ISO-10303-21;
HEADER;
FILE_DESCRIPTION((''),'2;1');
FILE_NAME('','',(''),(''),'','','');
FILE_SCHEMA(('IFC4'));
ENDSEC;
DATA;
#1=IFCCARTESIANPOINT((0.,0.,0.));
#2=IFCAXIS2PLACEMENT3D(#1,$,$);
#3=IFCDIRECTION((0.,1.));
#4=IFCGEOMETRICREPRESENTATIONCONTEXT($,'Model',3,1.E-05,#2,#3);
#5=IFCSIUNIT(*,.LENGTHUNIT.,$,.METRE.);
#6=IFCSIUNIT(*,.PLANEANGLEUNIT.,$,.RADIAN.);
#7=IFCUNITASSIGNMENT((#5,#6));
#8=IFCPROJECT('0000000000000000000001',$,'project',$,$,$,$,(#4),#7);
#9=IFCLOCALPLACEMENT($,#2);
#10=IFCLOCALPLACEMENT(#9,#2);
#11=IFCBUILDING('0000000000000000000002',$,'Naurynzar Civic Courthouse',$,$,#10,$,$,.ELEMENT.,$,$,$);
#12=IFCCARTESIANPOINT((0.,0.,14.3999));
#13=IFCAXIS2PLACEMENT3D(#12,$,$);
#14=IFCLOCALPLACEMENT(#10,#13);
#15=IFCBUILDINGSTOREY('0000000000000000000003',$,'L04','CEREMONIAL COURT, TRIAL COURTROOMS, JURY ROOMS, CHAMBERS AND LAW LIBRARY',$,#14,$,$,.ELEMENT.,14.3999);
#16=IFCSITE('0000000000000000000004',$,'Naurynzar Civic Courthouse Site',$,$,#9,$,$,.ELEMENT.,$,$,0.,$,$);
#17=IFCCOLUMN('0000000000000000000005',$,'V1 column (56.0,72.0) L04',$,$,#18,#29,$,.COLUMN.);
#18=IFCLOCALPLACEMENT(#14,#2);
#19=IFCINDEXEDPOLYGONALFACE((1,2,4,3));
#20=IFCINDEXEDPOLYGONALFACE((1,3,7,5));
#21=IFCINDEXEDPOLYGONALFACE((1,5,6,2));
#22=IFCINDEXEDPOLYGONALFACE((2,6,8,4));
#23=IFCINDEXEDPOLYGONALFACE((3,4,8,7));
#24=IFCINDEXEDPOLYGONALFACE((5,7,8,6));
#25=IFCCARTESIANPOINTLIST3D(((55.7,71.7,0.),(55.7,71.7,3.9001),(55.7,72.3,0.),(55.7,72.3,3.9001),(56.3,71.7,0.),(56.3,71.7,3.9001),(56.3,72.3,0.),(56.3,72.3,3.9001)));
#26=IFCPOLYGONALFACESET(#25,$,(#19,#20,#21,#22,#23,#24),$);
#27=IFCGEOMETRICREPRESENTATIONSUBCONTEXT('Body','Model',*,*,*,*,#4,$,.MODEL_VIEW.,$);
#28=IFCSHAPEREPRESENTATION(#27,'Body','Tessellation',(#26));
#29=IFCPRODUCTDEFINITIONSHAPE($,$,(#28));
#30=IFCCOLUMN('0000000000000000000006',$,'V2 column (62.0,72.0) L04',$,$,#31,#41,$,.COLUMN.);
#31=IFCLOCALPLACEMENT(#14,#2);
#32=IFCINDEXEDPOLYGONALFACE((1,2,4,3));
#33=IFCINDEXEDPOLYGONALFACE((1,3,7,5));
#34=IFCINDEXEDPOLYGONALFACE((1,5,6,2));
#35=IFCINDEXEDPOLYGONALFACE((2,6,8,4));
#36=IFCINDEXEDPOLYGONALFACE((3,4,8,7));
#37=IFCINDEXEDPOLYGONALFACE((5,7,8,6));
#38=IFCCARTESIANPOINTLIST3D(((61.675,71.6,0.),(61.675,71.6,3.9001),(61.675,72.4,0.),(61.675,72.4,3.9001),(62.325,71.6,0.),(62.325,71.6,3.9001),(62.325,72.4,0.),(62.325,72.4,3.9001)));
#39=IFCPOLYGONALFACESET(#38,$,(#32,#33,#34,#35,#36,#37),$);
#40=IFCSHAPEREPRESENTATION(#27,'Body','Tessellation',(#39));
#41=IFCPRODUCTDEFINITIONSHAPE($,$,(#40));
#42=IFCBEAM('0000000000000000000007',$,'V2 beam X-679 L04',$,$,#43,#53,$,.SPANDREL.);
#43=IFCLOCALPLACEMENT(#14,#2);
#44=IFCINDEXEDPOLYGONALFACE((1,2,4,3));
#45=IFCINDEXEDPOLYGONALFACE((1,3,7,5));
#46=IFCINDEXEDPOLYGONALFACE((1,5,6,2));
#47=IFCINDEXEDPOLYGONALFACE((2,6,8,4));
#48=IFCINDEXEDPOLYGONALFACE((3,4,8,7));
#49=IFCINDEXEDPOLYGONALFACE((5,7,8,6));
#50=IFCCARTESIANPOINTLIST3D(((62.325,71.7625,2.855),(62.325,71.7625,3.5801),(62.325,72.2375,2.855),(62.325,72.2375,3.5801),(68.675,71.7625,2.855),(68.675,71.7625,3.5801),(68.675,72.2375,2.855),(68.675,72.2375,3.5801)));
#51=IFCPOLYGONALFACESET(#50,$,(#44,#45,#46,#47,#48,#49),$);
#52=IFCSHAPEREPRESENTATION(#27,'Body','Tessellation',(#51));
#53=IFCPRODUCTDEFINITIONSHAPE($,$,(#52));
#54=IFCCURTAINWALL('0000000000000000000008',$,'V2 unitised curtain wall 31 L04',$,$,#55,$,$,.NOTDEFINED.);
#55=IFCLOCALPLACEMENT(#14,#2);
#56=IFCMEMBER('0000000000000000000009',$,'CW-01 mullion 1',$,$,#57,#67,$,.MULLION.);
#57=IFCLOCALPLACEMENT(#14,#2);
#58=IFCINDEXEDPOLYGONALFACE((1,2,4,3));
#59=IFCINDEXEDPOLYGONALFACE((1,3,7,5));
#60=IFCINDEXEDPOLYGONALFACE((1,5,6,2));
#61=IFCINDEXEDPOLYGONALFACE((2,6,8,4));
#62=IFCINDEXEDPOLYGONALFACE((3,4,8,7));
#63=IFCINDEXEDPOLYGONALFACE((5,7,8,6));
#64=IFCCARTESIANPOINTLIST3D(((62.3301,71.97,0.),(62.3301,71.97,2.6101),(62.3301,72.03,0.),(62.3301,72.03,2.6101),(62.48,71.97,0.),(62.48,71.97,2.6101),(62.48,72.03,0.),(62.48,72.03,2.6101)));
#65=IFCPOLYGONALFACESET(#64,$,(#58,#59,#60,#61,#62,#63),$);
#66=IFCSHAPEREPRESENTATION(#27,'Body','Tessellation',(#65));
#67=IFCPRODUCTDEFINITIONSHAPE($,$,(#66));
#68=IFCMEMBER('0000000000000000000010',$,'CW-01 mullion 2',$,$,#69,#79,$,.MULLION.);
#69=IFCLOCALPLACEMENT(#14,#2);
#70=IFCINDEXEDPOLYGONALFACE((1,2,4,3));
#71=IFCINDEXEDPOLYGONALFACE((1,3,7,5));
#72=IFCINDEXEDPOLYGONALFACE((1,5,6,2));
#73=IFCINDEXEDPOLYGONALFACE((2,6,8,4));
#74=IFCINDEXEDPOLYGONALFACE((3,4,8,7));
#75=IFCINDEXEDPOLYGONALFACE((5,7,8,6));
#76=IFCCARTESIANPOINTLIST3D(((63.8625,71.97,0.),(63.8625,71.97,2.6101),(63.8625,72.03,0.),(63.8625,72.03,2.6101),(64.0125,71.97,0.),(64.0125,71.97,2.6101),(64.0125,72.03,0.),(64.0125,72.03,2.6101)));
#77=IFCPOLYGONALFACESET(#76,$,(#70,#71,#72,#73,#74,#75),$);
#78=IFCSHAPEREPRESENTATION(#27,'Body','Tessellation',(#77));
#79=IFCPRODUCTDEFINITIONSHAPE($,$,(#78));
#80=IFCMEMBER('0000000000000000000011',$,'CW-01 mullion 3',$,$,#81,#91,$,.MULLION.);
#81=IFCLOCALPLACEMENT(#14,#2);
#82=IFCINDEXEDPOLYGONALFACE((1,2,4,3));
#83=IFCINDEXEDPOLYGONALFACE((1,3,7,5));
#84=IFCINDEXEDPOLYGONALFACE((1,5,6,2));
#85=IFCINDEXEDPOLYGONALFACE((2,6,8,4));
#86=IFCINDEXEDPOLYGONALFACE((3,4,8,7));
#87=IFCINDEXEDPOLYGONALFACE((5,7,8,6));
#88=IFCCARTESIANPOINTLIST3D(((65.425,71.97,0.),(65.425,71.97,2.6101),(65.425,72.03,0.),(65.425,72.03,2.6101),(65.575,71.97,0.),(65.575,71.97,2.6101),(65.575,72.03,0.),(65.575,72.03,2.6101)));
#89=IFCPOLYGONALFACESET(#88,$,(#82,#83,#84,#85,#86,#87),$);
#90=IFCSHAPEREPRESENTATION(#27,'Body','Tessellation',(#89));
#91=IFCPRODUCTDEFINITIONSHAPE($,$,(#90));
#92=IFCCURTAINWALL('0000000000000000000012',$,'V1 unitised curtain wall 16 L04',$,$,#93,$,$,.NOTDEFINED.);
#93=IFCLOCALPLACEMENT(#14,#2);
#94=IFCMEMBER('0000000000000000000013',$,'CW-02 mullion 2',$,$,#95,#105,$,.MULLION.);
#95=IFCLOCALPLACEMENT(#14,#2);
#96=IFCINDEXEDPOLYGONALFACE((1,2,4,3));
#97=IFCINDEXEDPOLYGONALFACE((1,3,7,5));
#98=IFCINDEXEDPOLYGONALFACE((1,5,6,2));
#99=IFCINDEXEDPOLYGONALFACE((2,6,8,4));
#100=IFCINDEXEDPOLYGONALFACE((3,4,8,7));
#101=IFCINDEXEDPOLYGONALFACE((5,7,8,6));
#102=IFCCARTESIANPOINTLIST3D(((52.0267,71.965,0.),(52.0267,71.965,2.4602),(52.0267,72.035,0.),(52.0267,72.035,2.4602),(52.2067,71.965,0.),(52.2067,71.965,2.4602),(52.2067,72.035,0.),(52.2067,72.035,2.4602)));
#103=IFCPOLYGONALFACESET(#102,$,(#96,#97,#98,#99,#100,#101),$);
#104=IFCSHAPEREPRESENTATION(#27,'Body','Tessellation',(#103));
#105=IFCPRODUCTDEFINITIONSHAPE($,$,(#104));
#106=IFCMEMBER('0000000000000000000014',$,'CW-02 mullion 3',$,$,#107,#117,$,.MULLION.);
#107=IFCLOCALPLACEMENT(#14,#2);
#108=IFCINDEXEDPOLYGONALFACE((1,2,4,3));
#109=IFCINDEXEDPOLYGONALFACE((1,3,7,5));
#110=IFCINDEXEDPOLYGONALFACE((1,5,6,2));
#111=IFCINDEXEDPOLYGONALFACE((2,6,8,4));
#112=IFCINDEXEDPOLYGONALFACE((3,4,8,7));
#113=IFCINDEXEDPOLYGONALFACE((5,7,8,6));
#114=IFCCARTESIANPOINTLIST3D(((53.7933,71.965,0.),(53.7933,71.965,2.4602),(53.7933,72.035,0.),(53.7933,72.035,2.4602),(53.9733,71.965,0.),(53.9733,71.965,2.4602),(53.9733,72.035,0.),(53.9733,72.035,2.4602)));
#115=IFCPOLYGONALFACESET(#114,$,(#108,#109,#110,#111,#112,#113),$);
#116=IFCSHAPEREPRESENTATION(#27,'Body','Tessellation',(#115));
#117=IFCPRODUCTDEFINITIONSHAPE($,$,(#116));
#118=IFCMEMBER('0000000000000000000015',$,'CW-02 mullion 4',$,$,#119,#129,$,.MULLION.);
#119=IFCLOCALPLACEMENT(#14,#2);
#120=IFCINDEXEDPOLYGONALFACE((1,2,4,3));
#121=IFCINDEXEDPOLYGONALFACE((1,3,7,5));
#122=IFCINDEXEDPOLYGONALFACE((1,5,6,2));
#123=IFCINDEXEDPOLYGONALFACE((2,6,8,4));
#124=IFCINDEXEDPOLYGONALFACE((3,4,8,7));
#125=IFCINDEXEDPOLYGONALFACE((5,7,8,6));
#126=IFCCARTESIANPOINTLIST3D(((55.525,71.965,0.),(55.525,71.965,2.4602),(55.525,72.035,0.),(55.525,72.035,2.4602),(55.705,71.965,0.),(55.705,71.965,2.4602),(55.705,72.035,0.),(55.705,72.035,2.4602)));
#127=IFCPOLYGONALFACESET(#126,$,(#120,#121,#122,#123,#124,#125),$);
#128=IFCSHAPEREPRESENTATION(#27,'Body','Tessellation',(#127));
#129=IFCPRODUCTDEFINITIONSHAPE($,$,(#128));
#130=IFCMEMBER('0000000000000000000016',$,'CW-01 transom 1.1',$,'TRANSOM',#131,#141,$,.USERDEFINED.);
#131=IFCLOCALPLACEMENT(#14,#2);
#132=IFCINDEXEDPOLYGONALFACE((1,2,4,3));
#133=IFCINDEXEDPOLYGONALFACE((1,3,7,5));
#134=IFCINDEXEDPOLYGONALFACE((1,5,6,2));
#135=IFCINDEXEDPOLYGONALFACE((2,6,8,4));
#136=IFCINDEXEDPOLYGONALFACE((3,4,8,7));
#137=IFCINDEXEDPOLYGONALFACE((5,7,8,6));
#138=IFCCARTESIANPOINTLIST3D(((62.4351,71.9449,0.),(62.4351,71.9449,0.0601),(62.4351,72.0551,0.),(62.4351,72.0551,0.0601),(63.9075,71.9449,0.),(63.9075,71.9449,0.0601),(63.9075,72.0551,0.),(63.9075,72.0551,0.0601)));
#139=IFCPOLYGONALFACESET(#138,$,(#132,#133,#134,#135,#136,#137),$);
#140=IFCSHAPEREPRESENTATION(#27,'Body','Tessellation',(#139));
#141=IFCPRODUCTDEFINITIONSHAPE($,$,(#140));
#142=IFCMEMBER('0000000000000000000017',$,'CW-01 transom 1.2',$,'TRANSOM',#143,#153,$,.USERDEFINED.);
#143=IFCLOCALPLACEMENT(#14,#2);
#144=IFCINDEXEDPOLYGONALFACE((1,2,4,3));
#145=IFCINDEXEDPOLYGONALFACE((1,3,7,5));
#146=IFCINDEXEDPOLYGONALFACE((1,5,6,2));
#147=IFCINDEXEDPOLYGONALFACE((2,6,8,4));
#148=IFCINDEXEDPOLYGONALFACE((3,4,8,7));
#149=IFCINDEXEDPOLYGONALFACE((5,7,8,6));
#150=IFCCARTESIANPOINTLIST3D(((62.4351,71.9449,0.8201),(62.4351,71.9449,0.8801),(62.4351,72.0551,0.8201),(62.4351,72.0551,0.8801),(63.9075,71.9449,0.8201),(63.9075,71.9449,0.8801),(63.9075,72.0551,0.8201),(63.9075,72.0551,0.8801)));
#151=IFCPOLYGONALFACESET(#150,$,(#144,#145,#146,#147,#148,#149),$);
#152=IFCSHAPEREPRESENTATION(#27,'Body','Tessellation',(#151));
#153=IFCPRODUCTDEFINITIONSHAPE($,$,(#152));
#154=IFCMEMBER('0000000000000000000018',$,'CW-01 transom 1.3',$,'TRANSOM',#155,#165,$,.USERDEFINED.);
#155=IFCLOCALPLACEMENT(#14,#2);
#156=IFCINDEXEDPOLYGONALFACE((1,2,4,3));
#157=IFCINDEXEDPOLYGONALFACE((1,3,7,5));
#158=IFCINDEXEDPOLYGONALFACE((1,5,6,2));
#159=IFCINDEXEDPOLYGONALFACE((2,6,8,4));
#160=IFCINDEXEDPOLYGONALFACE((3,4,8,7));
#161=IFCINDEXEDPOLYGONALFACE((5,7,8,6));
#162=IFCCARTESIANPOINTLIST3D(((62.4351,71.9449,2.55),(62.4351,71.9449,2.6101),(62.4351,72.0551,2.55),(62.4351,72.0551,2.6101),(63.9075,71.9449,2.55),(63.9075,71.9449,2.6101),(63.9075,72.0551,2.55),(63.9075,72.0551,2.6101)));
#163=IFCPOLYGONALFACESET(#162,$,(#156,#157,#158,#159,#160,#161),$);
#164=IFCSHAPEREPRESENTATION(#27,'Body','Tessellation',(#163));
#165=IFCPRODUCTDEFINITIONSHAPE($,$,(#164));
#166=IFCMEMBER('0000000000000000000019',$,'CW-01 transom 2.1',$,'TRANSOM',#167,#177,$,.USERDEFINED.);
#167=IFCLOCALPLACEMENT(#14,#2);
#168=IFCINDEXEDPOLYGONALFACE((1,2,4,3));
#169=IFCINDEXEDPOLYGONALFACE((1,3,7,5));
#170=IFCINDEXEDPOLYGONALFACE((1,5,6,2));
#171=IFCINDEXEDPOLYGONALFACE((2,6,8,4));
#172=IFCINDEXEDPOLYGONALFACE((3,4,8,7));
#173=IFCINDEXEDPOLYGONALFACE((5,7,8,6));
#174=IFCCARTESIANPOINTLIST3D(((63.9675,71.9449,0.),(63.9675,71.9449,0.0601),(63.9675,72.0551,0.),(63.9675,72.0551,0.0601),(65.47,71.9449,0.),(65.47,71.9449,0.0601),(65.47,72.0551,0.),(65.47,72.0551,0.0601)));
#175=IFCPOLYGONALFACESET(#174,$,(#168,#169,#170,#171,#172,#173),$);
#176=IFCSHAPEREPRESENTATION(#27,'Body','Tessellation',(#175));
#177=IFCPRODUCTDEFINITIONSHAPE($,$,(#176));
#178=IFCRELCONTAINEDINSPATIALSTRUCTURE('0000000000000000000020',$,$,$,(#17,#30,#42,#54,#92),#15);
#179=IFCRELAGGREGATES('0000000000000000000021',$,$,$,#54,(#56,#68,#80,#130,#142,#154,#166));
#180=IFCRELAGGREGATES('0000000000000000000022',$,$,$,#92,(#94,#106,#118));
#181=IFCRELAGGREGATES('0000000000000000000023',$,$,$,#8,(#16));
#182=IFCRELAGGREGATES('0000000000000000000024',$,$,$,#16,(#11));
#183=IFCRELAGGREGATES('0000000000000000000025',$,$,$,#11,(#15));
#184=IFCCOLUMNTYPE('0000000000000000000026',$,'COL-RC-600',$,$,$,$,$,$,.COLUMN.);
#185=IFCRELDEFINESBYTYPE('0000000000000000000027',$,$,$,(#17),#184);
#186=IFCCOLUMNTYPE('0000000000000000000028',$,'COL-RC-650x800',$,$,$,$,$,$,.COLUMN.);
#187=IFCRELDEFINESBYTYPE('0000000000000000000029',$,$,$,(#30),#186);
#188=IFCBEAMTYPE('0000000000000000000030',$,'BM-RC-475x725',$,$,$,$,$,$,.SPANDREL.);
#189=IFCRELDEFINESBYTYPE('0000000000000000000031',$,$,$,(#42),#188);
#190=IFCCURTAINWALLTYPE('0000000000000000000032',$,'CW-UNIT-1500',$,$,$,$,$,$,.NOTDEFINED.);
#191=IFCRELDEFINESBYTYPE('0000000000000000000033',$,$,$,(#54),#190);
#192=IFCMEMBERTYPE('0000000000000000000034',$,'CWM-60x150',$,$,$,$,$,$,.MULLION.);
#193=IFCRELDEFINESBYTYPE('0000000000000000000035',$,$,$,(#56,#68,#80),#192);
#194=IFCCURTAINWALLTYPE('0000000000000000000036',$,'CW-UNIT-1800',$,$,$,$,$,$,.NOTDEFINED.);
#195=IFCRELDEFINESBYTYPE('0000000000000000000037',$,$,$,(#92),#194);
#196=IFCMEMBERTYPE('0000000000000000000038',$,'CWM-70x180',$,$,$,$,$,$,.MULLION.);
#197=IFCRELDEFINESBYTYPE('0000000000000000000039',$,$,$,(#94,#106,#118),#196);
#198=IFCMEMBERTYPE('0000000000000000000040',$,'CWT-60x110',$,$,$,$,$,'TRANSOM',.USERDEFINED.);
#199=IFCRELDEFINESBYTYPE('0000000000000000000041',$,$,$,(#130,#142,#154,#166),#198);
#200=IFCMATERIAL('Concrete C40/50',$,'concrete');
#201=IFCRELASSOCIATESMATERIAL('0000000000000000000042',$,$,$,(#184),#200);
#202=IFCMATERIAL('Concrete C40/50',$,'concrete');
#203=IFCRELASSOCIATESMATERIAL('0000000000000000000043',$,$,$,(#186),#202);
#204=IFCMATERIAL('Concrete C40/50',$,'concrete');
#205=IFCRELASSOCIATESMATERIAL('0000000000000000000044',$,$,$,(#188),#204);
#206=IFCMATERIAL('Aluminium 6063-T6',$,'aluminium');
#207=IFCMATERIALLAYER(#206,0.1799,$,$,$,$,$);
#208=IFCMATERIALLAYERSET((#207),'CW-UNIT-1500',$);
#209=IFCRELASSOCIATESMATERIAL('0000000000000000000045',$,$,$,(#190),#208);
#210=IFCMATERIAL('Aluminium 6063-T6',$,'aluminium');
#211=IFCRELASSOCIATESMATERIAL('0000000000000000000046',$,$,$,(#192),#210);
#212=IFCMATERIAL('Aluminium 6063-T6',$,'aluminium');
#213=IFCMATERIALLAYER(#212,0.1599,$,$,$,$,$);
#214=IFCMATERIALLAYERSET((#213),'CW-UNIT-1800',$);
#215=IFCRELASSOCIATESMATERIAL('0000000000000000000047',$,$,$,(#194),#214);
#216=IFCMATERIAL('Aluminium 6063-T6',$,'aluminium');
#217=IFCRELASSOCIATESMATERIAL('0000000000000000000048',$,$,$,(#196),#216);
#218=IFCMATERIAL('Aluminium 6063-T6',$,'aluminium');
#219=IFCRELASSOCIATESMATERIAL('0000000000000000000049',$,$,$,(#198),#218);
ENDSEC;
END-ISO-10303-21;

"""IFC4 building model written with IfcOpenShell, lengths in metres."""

from ifc_helpers import new_model, si_unit, direction, frame, origin, origin_2d, place, context, subcontext, project, spatial, rectangle, extrude, material, layer, layer_set, material_profile, profile_set, type_object, element, aggregate, save


model = new_model("IFC4")

# Units and contexts
model_context = context("Model", 3, precision=1e-05, world=origin(), true_north=direction((0.0, 1.0)))
body_context = subcontext(model_context, "Body", "Model", "MODEL_VIEW")
ifc_project = project(units=[si_unit("LENGTHUNIT", "METRE"), si_unit("PLANEANGLEUNIT", "RADIAN")], contexts=[model_context])

# Site, building, storey
site_placement = place(None, origin())
site = spatial("IfcSite", under=ifc_project, at=site_placement, Name="Naurynzar Civic Courthouse Site", CompositionType="ELEMENT", RefElevation=0.0)
building_placement = place(site_placement, origin())
building = spatial("IfcBuilding", under=site, at=building_placement, Name="Naurynzar Civic Courthouse", CompositionType="ELEMENT")
storey_placement = place(building_placement, frame((0.0, 0.0, 14.3999)))
storey = spatial("IfcBuildingStorey", under=building, at=storey_placement, Name="L04", Description="CEREMONIAL COURT, TRIAL COURTROOMS, JURY ROOMS, CHAMBERS AND LAW LIBRARY", CompositionType="ELEMENT", Elevation=14.3999)

# Columns
ifc_material_1 = material(Name="Concrete C40/50", Category="concrete")
ifc_material_profile_1 = material_profile(ifc_material_1, rectangle(XDim=0.6001, YDim=0.6001, at=origin_2d()), Name="RC 600x600")
ifc_profile_set_1 = profile_set([ifc_material_profile_1], Name="Concrete C40/50")
column_type_1 = type_object("IfcColumnType", Name="COL-RC-600", PredefinedType="COLUMN", material=ifc_profile_set_1)
column_1_placement = place(storey_placement, frame((56.0, 72.0, 0.0), z_axis=(0.0, 0.0, 1.0), x_axis=(1.0, 0.0, 0.0)))
element("IfcColumn", 1, at=column_1_placement, inside=storey, type_object=column_type_1, Name="V1 column (56.0,72.0) L04", PredefinedType="COLUMN", context=body_context, shape_type="SweptSolid", body=[
    extrude(rectangle(XDim=0.6001, YDim=0.6001, at=origin_2d()), origin(), (0.0, 0.0, 1.0), 3.9001),
])
ifc_material_2 = material(Name="Concrete C40/50", Category="concrete")
ifc_material_profile_2 = material_profile(ifc_material_2, rectangle(XDim=0.6499, YDim=0.8, at=origin_2d()), Name="RC 650x800")
ifc_profile_set_2 = profile_set([ifc_material_profile_2], Name="Concrete C40/50")
column_type_2 = type_object("IfcColumnType", Name="COL-RC-650x800", PredefinedType="COLUMN", material=ifc_profile_set_2)
column_2_placement = place(storey_placement, frame((62.0, 72.0, 0.0), z_axis=(0.0, 0.0, 1.0), x_axis=(1.0, 0.0, 0.0)))
element("IfcColumn", 2, at=column_2_placement, inside=storey, type_object=column_type_2, Name="V2 column (62.0,72.0) L04", PredefinedType="COLUMN", context=body_context, shape_type="SweptSolid", body=[
    extrude(rectangle(XDim=0.6499, YDim=0.8, at=origin_2d()), origin(), (0.0, 0.0, 1.0), 3.9001),
])

# Beam
ifc_material_3 = material(Name="Concrete C40/50", Category="concrete")
ifc_material_profile_3 = material_profile(ifc_material_3, rectangle(XDim=0.4751, YDim=0.7251, at=origin_2d()), Name="RCB 475x725")
ifc_profile_set_3 = profile_set([ifc_material_profile_3], Name="Concrete C40/50")
beam_type = type_object("IfcBeamType", Name="BM-RC-475x725", PredefinedType="SPANDREL", material=ifc_profile_set_3)
beam_placement = place(storey_placement, frame((62.325, 72.0, 3.2175), z_axis=(1.0, 0.0, 0.0), x_axis=(0.0, 1.0, 0.0)))
element("IfcBeam", 3, at=beam_placement, inside=storey, type_object=beam_type, Name="V2 beam X-679 L04", PredefinedType="SPANDREL", context=body_context, shape_type="SweptSolid", body=[
    extrude(rectangle(XDim=0.4751, YDim=0.7251, at=origin_2d()), origin(), (0.0, 0.0, 1.0), 6.3501),
])

# Curtain walls, members
ifc_material_4 = material(Name="Aluminium 6063-T6", Category="aluminium")
ifc_layer_1 = layer(ifc_material_4, 0.1799)
ifc_layer_set_1 = layer_set([ifc_layer_1], Name="CW-UNIT-1500")
curtain_wall_type_1 = type_object("IfcCurtainWallType", Name="CW-UNIT-1500", PredefinedType="NOTDEFINED", material=ifc_layer_set_1)
curtain_wall_1_placement = place(storey_placement, origin())
curtain_wall_1 = element("IfcCurtainWall", 4, at=curtain_wall_1_placement, inside=storey, type_object=curtain_wall_type_1, Name="V2 unitised curtain wall 31 L04", PredefinedType="NOTDEFINED")
ifc_material_5 = material(Name="Aluminium 6063-T6", Category="aluminium")
ifc_material_profile_4 = material_profile(ifc_material_5, rectangle(XDim=0.0601, YDim=0.1499, at=origin_2d()), Name="ALU MULLION 60x150")
ifc_profile_set_4 = profile_set([ifc_material_profile_4], Name="Aluminium 6063-T6")
member_type_1 = type_object("IfcMemberType", Name="CWM-60x150", PredefinedType="MULLION", material=ifc_profile_set_4)
member_1_placement = place(storey_placement, frame((62.405, 72.0, 0.0), z_axis=(0.0, 0.0, 1.0), x_axis=(0.0, 1.0, 0.0)))
member_1 = element("IfcMember", 5, at=member_1_placement, type_object=member_type_1, Name="CW-01 mullion 1", PredefinedType="MULLION", context=body_context, shape_type="SweptSolid", body=[
    extrude(rectangle(XDim=0.0601, YDim=0.1499, at=origin_2d()), origin(), (0.0, 0.0, 1.0), 2.6101),
])
member_2_placement = place(storey_placement, frame((63.9375, 72.0, 0.0), z_axis=(0.0, 0.0, 1.0), x_axis=(0.0, 1.0, 0.0)))
member_2 = element("IfcMember", 6, at=member_2_placement, type_object=member_type_1, Name="CW-01 mullion 2", PredefinedType="MULLION", context=body_context, shape_type="SweptSolid", body=[
    extrude(rectangle(XDim=0.0601, YDim=0.1499, at=origin_2d()), origin(), (0.0, 0.0, 1.0), 2.6101),
])
member_3_placement = place(storey_placement, frame((65.5, 72.0, 0.0), z_axis=(0.0, 0.0, 1.0), x_axis=(0.0, 1.0, 0.0)))
member_3 = element("IfcMember", 7, at=member_3_placement, type_object=member_type_1, Name="CW-01 mullion 3", PredefinedType="MULLION", context=body_context, shape_type="SweptSolid", body=[
    extrude(rectangle(XDim=0.0601, YDim=0.1499, at=origin_2d()), origin(), (0.0, 0.0, 1.0), 2.6101),
])
ifc_material_6 = material(Name="Aluminium 6063-T6", Category="aluminium")
ifc_layer_2 = layer(ifc_material_6, 0.1599)
ifc_layer_set_2 = layer_set([ifc_layer_2], Name="CW-UNIT-1800")
curtain_wall_type_2 = type_object("IfcCurtainWallType", Name="CW-UNIT-1800", PredefinedType="NOTDEFINED", material=ifc_layer_set_2)
curtain_wall_2_placement = place(storey_placement, origin())
curtain_wall_2 = element("IfcCurtainWall", 8, at=curtain_wall_2_placement, inside=storey, type_object=curtain_wall_type_2, Name="V1 unitised curtain wall 16 L04", PredefinedType="NOTDEFINED")
ifc_material_7 = material(Name="Aluminium 6063-T6", Category="aluminium")
ifc_material_profile_5 = material_profile(ifc_material_7, rectangle(XDim=0.0701, YDim=0.1799, at=origin_2d()), Name="ALU MULLION 70x180")
ifc_profile_set_5 = profile_set([ifc_material_profile_5], Name="Aluminium 6063-T6")
member_type_2 = type_object("IfcMemberType", Name="CWM-70x180", PredefinedType="MULLION", material=ifc_profile_set_5)
member_4_placement = place(storey_placement, frame((52.1167, 72.0, 0.0), z_axis=(0.0, 0.0, 1.0), x_axis=(0.0, 1.0, 0.0)))
member_4 = element("IfcMember", 9, at=member_4_placement, type_object=member_type_2, Name="CW-02 mullion 2", PredefinedType="MULLION", context=body_context, shape_type="SweptSolid", body=[
    extrude(rectangle(XDim=0.0701, YDim=0.1799, at=origin_2d()), origin(), (0.0, 0.0, 1.0), 2.4602),
])
member_5_placement = place(storey_placement, frame((53.8833, 72.0, 0.0), z_axis=(0.0, 0.0, 1.0), x_axis=(0.0, 1.0, 0.0)))
member_5 = element("IfcMember", 10, at=member_5_placement, type_object=member_type_2, Name="CW-02 mullion 3", PredefinedType="MULLION", context=body_context, shape_type="SweptSolid", body=[
    extrude(rectangle(XDim=0.0701, YDim=0.1799, at=origin_2d()), origin(), (0.0, 0.0, 1.0), 2.4602),
])
member_6_placement = place(storey_placement, frame((55.615, 72.0, 0.0), z_axis=(0.0, 0.0, 1.0), x_axis=(0.0, 1.0, 0.0)))
member_6 = element("IfcMember", 11, at=member_6_placement, type_object=member_type_2, Name="CW-02 mullion 4", PredefinedType="MULLION", context=body_context, shape_type="SweptSolid", body=[
    extrude(rectangle(XDim=0.0701, YDim=0.1799, at=origin_2d()), origin(), (0.0, 0.0, 1.0), 2.4602),
])

# Members
ifc_material_8 = material(Name="Aluminium 6063-T6", Category="aluminium")
ifc_material_profile_6 = material_profile(ifc_material_8, rectangle(XDim=0.1101, YDim=0.0601, at=origin_2d()), Name="ALU TRANSOM 60x110")
ifc_profile_set_6 = profile_set([ifc_material_profile_6], Name="Aluminium 6063-T6")
member_type_3 = type_object("IfcMemberType", Name="CWT-60x110", ElementType="TRANSOM", PredefinedType="USERDEFINED", material=ifc_profile_set_6)
member_7_placement = place(storey_placement, frame((62.4351, 72.0, 0.03), z_axis=(1.0, 0.0, 0.0), x_axis=(0.0, 1.0, 0.0)))
member_7 = element("IfcMember", 12, at=member_7_placement, type_object=member_type_3, Name="CW-01 transom 1.1", ObjectType="TRANSOM", PredefinedType="USERDEFINED", context=body_context, shape_type="SweptSolid", body=[
    extrude(rectangle(XDim=0.1101, YDim=0.0601, at=origin_2d()), origin(), (0.0, 0.0, 1.0), 1.4724),
])
member_8_placement = place(storey_placement, frame((62.4351, 72.0, 0.8501), z_axis=(1.0, 0.0, 0.0), x_axis=(0.0, 1.0, 0.0)))
member_8 = element("IfcMember", 13, at=member_8_placement, type_object=member_type_3, Name="CW-01 transom 1.2", ObjectType="TRANSOM", PredefinedType="USERDEFINED", context=body_context, shape_type="SweptSolid", body=[
    extrude(rectangle(XDim=0.1101, YDim=0.0601, at=origin_2d()), origin(), (0.0, 0.0, 1.0), 1.4724),
])
member_9_placement = place(storey_placement, frame((62.4351, 72.0, 2.5801), z_axis=(1.0, 0.0, 0.0), x_axis=(0.0, 1.0, 0.0)))
member_9 = element("IfcMember", 14, at=member_9_placement, type_object=member_type_3, Name="CW-01 transom 1.3", ObjectType="TRANSOM", PredefinedType="USERDEFINED", context=body_context, shape_type="SweptSolid", body=[
    extrude(rectangle(XDim=0.1101, YDim=0.0601, at=origin_2d()), origin(), (0.0, 0.0, 1.0), 1.4724),
])
member_10_placement = place(storey_placement, frame((63.9675, 72.0, 0.03), z_axis=(1.0, 0.0, 0.0), x_axis=(0.0, 1.0, 0.0)))
member_10 = element("IfcMember", 15, at=member_10_placement, type_object=member_type_3, Name="CW-01 transom 2.1", ObjectType="TRANSOM", PredefinedType="USERDEFINED", context=body_context, shape_type="SweptSolid", body=[
    extrude(rectangle(XDim=0.1101, YDim=0.0601, at=origin_2d()), origin(), (0.0, 0.0, 1.0), 1.5024),
])

aggregate(curtain_wall_1, [member_1, member_2, member_3, member_7, member_8, member_9, member_10])
aggregate(curtain_wall_2, [member_4, member_5, member_6])

save(model, "model.ifc")
